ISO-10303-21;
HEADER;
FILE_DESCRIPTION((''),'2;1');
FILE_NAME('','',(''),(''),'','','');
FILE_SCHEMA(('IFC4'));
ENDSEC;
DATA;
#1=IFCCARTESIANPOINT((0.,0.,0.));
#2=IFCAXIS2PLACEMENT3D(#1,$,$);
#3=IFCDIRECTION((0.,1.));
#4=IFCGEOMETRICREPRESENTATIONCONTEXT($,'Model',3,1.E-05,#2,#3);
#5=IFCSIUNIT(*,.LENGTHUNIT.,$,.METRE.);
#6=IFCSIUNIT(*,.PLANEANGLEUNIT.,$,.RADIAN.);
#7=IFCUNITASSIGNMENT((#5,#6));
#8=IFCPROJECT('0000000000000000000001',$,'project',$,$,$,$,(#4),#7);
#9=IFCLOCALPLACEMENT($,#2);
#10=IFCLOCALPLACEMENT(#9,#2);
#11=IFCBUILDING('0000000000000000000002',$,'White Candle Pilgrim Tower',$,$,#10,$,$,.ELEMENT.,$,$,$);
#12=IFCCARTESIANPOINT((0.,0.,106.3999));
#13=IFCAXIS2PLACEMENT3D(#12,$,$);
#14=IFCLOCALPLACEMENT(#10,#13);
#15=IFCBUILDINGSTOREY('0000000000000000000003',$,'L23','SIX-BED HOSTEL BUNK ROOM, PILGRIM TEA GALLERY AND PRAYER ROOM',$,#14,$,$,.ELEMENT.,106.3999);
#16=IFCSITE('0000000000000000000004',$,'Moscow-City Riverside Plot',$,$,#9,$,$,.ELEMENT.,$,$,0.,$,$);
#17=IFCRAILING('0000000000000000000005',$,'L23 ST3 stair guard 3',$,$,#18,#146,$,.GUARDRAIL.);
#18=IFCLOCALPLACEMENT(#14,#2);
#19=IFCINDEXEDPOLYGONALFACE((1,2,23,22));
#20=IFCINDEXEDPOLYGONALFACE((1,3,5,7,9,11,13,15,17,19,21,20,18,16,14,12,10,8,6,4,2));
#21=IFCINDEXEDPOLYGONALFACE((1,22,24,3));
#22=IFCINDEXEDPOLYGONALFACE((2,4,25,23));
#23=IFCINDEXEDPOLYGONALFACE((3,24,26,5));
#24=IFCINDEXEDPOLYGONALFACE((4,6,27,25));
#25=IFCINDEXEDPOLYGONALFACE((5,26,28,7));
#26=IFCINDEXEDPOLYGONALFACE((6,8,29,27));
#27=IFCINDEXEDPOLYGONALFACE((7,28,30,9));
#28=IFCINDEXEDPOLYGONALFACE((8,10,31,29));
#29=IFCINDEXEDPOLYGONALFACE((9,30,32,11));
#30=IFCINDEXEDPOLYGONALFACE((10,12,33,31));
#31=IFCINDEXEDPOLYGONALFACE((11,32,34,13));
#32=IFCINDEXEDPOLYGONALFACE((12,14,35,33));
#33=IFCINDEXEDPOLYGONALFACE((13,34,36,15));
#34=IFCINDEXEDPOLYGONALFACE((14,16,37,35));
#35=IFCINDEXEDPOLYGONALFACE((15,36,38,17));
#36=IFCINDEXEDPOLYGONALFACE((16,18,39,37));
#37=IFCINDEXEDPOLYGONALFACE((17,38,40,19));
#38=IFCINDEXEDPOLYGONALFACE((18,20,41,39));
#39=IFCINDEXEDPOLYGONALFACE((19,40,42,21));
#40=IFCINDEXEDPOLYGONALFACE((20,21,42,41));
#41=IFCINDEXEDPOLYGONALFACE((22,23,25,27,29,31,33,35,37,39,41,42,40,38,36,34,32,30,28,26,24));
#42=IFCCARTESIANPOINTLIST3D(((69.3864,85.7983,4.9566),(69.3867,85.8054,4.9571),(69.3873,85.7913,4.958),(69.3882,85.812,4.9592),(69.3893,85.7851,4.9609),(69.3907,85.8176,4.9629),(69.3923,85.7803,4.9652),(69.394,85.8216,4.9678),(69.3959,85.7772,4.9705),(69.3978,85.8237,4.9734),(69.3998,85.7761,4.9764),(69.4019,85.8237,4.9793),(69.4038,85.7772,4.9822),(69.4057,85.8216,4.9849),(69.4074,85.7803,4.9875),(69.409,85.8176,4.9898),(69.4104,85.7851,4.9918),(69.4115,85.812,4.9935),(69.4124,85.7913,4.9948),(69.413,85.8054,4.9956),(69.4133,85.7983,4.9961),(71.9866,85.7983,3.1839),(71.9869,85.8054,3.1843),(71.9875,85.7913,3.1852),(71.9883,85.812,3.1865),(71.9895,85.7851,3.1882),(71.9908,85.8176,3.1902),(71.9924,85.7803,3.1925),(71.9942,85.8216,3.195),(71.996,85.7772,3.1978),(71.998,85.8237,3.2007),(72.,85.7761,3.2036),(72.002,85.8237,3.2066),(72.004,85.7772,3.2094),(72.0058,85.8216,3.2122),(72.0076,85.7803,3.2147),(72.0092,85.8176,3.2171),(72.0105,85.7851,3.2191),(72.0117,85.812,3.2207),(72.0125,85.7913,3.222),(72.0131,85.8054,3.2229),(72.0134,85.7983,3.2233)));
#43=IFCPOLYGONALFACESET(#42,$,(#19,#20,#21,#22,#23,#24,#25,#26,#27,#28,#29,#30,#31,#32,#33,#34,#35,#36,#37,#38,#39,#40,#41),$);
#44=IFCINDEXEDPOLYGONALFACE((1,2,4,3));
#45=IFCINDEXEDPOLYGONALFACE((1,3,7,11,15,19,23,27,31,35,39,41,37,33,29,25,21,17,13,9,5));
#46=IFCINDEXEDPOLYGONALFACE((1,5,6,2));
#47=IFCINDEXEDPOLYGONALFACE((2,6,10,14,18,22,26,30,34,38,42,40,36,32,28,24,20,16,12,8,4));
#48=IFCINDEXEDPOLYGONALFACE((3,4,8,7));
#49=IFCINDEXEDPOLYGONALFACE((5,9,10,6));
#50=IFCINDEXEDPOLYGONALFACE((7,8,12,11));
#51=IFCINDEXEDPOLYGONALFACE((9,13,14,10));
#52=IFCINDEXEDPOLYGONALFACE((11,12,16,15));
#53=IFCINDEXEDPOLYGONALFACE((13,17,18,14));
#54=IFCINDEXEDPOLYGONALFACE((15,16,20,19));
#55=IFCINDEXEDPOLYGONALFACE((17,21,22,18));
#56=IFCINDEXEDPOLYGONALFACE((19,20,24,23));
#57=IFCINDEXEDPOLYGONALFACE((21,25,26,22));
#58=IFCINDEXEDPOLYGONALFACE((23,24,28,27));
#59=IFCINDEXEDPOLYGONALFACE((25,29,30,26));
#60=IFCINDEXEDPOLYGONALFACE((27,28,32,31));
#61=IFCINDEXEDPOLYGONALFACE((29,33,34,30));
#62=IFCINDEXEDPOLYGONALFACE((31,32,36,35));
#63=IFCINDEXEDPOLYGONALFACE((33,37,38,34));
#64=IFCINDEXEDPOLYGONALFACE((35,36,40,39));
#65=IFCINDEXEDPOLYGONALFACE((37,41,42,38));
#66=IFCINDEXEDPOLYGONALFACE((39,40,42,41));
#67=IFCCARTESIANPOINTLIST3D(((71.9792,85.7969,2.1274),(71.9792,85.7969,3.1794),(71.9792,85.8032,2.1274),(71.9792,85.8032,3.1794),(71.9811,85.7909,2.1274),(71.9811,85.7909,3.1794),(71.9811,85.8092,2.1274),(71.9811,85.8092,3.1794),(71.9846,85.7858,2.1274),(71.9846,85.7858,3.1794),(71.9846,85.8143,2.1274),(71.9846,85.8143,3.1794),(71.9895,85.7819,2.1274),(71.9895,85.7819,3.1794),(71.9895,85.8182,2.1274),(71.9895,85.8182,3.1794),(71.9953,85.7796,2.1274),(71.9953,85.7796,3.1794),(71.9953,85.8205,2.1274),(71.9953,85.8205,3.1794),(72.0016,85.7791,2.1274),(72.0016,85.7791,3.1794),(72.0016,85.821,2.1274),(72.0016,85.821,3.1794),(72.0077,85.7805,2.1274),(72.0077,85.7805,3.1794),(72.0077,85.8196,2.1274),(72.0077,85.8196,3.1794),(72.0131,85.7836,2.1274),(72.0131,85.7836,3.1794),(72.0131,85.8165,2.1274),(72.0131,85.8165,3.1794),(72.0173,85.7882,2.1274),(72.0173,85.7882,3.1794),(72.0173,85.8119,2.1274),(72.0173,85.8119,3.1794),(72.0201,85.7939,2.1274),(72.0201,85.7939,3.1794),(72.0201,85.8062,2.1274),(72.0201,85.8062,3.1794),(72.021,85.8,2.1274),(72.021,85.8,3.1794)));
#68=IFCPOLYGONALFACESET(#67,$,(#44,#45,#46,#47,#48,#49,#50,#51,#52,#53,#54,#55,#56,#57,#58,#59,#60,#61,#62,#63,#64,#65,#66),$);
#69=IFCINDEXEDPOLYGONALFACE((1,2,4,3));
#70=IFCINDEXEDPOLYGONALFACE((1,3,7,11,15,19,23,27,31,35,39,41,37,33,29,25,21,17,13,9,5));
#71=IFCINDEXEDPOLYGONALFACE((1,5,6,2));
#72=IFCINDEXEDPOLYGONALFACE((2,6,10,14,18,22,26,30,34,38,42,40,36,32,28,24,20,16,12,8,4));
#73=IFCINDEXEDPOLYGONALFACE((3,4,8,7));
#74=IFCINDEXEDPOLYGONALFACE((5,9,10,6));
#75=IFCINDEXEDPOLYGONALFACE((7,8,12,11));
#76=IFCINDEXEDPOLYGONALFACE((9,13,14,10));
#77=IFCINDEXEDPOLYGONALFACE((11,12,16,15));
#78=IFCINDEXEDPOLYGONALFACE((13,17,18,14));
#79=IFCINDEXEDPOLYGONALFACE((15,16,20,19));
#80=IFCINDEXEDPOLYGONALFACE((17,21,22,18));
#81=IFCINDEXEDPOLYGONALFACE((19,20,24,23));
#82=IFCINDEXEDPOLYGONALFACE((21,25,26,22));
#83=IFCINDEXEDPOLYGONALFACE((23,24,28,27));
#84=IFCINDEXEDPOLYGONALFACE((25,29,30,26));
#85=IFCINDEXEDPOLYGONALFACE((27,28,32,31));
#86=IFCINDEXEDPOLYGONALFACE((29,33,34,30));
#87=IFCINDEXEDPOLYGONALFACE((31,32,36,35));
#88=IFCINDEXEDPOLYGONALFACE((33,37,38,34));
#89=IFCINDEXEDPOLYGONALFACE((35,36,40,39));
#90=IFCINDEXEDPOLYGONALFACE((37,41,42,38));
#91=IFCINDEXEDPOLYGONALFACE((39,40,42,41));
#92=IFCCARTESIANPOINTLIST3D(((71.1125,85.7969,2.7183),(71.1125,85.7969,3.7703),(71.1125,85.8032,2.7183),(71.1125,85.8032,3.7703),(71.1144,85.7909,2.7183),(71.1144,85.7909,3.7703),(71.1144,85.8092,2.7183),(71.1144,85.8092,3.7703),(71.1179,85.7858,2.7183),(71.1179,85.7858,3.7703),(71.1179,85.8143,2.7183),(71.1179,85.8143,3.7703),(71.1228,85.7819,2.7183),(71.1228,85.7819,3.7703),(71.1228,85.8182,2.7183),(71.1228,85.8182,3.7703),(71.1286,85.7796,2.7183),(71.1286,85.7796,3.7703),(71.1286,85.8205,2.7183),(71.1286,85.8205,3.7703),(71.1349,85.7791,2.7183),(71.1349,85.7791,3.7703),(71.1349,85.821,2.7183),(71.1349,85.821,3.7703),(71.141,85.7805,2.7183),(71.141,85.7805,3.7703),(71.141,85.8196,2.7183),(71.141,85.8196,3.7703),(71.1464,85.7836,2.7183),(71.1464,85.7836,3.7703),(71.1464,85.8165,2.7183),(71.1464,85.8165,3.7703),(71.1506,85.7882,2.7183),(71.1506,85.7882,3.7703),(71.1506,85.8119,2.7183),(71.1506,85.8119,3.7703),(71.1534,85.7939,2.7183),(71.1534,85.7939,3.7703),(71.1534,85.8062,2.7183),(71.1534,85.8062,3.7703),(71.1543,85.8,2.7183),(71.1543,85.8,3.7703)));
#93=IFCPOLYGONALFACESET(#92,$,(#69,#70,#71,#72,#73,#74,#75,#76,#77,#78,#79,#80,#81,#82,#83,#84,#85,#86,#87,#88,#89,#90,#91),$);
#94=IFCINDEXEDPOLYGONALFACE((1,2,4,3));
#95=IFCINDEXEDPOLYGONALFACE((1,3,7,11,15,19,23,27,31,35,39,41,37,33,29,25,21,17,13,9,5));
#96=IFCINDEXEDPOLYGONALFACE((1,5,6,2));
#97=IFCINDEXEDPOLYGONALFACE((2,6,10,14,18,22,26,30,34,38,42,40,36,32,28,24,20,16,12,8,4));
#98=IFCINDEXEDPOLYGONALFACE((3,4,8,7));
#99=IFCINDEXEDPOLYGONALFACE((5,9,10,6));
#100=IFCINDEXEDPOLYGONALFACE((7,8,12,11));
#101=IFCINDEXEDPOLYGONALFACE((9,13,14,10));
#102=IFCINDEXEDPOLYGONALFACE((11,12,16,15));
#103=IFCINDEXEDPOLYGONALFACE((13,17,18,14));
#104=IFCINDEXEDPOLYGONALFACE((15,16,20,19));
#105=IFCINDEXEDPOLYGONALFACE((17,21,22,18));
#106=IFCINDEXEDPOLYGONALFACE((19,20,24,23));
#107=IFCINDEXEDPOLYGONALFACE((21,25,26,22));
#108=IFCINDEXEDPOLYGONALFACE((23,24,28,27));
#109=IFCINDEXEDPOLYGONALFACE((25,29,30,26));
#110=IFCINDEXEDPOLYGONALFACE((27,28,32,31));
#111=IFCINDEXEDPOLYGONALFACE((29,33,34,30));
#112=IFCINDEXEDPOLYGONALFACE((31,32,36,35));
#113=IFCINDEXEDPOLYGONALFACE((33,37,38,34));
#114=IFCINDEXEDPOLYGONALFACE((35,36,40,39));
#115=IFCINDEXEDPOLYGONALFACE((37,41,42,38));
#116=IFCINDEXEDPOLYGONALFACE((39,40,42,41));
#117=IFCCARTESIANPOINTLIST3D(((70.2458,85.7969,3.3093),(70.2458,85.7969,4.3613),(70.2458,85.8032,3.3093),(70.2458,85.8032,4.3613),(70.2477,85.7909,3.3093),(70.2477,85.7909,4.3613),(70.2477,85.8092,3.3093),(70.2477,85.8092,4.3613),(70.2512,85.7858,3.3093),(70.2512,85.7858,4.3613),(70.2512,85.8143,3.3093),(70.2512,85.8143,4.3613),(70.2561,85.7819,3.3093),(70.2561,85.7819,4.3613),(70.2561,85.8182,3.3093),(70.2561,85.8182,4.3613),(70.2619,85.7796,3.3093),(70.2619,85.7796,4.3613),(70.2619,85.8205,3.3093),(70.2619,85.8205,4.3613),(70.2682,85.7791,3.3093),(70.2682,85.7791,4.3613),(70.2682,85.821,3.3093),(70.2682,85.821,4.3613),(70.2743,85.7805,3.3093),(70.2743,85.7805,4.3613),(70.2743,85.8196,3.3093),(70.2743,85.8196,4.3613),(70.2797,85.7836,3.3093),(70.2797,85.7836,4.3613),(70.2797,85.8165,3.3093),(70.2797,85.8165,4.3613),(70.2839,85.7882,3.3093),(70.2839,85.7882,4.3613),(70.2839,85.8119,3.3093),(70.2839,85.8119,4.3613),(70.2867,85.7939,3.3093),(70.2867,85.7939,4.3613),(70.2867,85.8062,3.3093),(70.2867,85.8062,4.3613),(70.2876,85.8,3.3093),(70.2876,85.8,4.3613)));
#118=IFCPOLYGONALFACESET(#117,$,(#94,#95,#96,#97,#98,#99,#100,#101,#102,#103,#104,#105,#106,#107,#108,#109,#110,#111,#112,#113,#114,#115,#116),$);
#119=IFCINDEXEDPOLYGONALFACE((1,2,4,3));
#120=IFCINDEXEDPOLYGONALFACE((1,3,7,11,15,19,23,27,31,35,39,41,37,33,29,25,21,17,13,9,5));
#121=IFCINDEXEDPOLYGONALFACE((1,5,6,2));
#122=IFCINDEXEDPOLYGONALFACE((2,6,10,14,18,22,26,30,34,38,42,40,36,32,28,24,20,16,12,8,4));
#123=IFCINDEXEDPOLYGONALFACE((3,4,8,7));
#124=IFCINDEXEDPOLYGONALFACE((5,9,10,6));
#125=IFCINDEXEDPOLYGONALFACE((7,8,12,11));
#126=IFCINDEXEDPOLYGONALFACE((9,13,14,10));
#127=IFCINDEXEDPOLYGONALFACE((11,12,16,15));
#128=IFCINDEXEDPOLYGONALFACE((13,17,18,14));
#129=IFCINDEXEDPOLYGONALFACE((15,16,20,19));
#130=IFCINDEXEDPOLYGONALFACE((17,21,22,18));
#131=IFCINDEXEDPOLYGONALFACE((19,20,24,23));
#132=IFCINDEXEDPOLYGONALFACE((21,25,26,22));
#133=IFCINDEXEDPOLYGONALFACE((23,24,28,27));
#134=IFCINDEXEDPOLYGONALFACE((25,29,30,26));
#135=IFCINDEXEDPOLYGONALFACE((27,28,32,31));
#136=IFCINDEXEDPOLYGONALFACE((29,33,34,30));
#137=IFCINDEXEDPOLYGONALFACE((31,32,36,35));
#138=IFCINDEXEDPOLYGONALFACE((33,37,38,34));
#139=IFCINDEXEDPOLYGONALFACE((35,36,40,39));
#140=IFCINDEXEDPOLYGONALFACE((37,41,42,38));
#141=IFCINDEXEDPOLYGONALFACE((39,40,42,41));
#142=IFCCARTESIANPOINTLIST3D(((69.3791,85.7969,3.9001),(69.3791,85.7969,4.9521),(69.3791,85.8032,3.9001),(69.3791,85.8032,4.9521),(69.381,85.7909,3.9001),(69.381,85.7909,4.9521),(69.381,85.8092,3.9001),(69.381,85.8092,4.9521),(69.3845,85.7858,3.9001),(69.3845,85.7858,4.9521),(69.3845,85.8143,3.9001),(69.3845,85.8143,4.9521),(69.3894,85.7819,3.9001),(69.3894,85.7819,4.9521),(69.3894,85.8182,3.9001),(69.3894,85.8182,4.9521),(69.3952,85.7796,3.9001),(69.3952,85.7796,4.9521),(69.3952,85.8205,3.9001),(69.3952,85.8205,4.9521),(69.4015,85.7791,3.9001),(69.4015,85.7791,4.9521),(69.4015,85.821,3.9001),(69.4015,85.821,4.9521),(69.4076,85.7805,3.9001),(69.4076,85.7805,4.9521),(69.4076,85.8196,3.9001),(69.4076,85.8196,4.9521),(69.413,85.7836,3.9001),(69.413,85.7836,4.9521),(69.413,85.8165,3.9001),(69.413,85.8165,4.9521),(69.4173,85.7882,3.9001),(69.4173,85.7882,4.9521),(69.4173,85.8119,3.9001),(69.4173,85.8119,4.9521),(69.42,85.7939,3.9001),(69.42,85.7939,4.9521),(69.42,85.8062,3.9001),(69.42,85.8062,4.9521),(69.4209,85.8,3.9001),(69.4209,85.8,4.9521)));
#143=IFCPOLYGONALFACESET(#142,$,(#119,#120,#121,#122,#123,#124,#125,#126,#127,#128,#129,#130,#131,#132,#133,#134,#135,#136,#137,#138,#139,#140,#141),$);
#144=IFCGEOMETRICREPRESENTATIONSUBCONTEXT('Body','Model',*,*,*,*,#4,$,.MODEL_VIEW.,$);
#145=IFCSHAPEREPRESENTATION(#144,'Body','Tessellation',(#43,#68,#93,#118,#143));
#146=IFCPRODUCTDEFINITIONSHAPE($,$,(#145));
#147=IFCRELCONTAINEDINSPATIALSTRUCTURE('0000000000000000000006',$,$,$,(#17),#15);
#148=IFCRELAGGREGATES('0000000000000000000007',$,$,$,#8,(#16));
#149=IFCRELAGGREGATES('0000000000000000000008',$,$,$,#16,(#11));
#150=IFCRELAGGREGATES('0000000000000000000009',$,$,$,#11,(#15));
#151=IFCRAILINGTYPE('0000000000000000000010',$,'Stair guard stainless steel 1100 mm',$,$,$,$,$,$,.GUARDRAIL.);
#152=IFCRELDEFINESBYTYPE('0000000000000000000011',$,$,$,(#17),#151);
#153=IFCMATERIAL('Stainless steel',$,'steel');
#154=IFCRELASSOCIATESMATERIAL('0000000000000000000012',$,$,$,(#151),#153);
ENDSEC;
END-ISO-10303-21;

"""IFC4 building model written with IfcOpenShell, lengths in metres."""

from ifc_helpers import new_model, si_unit, direction, frame, origin, origin_2d, place, context, subcontext, project, spatial, circle, extrude, material, type_object, element, save


model = new_model("IFC4")

# Units and contexts
model_context = context("Model", 3, precision=1e-05, world=origin(), true_north=direction((0.0, 1.0)))
body_context = subcontext(model_context, "Body", "Model", "MODEL_VIEW")
ifc_project = project(units=[si_unit("LENGTHUNIT", "METRE"), si_unit("PLANEANGLEUNIT", "RADIAN")], contexts=[model_context])

# Site, building, storey
site_placement = place(None, origin())
site = spatial("IfcSite", under=ifc_project, at=site_placement, Name="Moscow-City Riverside Plot", CompositionType="ELEMENT", RefElevation=0.0)
building_placement = place(site_placement, origin())
building = spatial("IfcBuilding", under=site, at=building_placement, Name="White Candle Pilgrim Tower", CompositionType="ELEMENT")
storey_placement = place(building_placement, frame((0.0, 0.0, 106.3999)))
storey = spatial("IfcBuildingStorey", under=building, at=storey_placement, Name="L23", Description="SIX-BED HOSTEL BUNK ROOM, PILGRIM TEA GALLERY AND PRAYER ROOM", CompositionType="ELEMENT", Elevation=106.3999)

# Railing
ifc_material_1 = material(Name="Stainless steel", Category="steel")
railing_type_1 = type_object("IfcRailingType", Name="Stair guard stainless steel 1100 mm", PredefinedType="GUARDRAIL", material=ifc_material_1)
railing_1_placement = place(storey_placement, frame((72.0, 85.8, 2.1274)))
element("IfcRailing", 1, at=railing_1_placement, inside=storey, type_object=railing_type_1, Name="L23 ST3 stair guard 3", PredefinedType="GUARDRAIL", context=body_context, shape_type="SweptSolid", body=[
    extrude(circle(Radius=0.0239, at=origin_2d()), frame((0.0, 0.0, 1.0762), z_axis=(-0.82624, 0.0, 0.563318), x_axis=(0.0, -1.0, 0.0)), (0.0, 0.0, 1.0), 3.147),
    extrude(circle(Radius=0.021, at=origin_2d()), origin(), (0.0, 0.0, 1.0), 1.052),
    extrude(circle(Radius=0.021, at=origin_2d()), frame((-0.8667, 0.0, 0.5908)), (0.0, 0.0, 1.0), 1.052),
    extrude(circle(Radius=0.021, at=origin_2d()), frame((-1.7334, 0.0, 1.1819)), (0.0, 0.0, 1.0), 1.052),
    extrude(circle(Radius=0.021, at=origin_2d()), frame((-2.6001, 0.0, 1.7727)), (0.0, 0.0, 1.0), 1.052),
])

save(model, "model.ifc")
